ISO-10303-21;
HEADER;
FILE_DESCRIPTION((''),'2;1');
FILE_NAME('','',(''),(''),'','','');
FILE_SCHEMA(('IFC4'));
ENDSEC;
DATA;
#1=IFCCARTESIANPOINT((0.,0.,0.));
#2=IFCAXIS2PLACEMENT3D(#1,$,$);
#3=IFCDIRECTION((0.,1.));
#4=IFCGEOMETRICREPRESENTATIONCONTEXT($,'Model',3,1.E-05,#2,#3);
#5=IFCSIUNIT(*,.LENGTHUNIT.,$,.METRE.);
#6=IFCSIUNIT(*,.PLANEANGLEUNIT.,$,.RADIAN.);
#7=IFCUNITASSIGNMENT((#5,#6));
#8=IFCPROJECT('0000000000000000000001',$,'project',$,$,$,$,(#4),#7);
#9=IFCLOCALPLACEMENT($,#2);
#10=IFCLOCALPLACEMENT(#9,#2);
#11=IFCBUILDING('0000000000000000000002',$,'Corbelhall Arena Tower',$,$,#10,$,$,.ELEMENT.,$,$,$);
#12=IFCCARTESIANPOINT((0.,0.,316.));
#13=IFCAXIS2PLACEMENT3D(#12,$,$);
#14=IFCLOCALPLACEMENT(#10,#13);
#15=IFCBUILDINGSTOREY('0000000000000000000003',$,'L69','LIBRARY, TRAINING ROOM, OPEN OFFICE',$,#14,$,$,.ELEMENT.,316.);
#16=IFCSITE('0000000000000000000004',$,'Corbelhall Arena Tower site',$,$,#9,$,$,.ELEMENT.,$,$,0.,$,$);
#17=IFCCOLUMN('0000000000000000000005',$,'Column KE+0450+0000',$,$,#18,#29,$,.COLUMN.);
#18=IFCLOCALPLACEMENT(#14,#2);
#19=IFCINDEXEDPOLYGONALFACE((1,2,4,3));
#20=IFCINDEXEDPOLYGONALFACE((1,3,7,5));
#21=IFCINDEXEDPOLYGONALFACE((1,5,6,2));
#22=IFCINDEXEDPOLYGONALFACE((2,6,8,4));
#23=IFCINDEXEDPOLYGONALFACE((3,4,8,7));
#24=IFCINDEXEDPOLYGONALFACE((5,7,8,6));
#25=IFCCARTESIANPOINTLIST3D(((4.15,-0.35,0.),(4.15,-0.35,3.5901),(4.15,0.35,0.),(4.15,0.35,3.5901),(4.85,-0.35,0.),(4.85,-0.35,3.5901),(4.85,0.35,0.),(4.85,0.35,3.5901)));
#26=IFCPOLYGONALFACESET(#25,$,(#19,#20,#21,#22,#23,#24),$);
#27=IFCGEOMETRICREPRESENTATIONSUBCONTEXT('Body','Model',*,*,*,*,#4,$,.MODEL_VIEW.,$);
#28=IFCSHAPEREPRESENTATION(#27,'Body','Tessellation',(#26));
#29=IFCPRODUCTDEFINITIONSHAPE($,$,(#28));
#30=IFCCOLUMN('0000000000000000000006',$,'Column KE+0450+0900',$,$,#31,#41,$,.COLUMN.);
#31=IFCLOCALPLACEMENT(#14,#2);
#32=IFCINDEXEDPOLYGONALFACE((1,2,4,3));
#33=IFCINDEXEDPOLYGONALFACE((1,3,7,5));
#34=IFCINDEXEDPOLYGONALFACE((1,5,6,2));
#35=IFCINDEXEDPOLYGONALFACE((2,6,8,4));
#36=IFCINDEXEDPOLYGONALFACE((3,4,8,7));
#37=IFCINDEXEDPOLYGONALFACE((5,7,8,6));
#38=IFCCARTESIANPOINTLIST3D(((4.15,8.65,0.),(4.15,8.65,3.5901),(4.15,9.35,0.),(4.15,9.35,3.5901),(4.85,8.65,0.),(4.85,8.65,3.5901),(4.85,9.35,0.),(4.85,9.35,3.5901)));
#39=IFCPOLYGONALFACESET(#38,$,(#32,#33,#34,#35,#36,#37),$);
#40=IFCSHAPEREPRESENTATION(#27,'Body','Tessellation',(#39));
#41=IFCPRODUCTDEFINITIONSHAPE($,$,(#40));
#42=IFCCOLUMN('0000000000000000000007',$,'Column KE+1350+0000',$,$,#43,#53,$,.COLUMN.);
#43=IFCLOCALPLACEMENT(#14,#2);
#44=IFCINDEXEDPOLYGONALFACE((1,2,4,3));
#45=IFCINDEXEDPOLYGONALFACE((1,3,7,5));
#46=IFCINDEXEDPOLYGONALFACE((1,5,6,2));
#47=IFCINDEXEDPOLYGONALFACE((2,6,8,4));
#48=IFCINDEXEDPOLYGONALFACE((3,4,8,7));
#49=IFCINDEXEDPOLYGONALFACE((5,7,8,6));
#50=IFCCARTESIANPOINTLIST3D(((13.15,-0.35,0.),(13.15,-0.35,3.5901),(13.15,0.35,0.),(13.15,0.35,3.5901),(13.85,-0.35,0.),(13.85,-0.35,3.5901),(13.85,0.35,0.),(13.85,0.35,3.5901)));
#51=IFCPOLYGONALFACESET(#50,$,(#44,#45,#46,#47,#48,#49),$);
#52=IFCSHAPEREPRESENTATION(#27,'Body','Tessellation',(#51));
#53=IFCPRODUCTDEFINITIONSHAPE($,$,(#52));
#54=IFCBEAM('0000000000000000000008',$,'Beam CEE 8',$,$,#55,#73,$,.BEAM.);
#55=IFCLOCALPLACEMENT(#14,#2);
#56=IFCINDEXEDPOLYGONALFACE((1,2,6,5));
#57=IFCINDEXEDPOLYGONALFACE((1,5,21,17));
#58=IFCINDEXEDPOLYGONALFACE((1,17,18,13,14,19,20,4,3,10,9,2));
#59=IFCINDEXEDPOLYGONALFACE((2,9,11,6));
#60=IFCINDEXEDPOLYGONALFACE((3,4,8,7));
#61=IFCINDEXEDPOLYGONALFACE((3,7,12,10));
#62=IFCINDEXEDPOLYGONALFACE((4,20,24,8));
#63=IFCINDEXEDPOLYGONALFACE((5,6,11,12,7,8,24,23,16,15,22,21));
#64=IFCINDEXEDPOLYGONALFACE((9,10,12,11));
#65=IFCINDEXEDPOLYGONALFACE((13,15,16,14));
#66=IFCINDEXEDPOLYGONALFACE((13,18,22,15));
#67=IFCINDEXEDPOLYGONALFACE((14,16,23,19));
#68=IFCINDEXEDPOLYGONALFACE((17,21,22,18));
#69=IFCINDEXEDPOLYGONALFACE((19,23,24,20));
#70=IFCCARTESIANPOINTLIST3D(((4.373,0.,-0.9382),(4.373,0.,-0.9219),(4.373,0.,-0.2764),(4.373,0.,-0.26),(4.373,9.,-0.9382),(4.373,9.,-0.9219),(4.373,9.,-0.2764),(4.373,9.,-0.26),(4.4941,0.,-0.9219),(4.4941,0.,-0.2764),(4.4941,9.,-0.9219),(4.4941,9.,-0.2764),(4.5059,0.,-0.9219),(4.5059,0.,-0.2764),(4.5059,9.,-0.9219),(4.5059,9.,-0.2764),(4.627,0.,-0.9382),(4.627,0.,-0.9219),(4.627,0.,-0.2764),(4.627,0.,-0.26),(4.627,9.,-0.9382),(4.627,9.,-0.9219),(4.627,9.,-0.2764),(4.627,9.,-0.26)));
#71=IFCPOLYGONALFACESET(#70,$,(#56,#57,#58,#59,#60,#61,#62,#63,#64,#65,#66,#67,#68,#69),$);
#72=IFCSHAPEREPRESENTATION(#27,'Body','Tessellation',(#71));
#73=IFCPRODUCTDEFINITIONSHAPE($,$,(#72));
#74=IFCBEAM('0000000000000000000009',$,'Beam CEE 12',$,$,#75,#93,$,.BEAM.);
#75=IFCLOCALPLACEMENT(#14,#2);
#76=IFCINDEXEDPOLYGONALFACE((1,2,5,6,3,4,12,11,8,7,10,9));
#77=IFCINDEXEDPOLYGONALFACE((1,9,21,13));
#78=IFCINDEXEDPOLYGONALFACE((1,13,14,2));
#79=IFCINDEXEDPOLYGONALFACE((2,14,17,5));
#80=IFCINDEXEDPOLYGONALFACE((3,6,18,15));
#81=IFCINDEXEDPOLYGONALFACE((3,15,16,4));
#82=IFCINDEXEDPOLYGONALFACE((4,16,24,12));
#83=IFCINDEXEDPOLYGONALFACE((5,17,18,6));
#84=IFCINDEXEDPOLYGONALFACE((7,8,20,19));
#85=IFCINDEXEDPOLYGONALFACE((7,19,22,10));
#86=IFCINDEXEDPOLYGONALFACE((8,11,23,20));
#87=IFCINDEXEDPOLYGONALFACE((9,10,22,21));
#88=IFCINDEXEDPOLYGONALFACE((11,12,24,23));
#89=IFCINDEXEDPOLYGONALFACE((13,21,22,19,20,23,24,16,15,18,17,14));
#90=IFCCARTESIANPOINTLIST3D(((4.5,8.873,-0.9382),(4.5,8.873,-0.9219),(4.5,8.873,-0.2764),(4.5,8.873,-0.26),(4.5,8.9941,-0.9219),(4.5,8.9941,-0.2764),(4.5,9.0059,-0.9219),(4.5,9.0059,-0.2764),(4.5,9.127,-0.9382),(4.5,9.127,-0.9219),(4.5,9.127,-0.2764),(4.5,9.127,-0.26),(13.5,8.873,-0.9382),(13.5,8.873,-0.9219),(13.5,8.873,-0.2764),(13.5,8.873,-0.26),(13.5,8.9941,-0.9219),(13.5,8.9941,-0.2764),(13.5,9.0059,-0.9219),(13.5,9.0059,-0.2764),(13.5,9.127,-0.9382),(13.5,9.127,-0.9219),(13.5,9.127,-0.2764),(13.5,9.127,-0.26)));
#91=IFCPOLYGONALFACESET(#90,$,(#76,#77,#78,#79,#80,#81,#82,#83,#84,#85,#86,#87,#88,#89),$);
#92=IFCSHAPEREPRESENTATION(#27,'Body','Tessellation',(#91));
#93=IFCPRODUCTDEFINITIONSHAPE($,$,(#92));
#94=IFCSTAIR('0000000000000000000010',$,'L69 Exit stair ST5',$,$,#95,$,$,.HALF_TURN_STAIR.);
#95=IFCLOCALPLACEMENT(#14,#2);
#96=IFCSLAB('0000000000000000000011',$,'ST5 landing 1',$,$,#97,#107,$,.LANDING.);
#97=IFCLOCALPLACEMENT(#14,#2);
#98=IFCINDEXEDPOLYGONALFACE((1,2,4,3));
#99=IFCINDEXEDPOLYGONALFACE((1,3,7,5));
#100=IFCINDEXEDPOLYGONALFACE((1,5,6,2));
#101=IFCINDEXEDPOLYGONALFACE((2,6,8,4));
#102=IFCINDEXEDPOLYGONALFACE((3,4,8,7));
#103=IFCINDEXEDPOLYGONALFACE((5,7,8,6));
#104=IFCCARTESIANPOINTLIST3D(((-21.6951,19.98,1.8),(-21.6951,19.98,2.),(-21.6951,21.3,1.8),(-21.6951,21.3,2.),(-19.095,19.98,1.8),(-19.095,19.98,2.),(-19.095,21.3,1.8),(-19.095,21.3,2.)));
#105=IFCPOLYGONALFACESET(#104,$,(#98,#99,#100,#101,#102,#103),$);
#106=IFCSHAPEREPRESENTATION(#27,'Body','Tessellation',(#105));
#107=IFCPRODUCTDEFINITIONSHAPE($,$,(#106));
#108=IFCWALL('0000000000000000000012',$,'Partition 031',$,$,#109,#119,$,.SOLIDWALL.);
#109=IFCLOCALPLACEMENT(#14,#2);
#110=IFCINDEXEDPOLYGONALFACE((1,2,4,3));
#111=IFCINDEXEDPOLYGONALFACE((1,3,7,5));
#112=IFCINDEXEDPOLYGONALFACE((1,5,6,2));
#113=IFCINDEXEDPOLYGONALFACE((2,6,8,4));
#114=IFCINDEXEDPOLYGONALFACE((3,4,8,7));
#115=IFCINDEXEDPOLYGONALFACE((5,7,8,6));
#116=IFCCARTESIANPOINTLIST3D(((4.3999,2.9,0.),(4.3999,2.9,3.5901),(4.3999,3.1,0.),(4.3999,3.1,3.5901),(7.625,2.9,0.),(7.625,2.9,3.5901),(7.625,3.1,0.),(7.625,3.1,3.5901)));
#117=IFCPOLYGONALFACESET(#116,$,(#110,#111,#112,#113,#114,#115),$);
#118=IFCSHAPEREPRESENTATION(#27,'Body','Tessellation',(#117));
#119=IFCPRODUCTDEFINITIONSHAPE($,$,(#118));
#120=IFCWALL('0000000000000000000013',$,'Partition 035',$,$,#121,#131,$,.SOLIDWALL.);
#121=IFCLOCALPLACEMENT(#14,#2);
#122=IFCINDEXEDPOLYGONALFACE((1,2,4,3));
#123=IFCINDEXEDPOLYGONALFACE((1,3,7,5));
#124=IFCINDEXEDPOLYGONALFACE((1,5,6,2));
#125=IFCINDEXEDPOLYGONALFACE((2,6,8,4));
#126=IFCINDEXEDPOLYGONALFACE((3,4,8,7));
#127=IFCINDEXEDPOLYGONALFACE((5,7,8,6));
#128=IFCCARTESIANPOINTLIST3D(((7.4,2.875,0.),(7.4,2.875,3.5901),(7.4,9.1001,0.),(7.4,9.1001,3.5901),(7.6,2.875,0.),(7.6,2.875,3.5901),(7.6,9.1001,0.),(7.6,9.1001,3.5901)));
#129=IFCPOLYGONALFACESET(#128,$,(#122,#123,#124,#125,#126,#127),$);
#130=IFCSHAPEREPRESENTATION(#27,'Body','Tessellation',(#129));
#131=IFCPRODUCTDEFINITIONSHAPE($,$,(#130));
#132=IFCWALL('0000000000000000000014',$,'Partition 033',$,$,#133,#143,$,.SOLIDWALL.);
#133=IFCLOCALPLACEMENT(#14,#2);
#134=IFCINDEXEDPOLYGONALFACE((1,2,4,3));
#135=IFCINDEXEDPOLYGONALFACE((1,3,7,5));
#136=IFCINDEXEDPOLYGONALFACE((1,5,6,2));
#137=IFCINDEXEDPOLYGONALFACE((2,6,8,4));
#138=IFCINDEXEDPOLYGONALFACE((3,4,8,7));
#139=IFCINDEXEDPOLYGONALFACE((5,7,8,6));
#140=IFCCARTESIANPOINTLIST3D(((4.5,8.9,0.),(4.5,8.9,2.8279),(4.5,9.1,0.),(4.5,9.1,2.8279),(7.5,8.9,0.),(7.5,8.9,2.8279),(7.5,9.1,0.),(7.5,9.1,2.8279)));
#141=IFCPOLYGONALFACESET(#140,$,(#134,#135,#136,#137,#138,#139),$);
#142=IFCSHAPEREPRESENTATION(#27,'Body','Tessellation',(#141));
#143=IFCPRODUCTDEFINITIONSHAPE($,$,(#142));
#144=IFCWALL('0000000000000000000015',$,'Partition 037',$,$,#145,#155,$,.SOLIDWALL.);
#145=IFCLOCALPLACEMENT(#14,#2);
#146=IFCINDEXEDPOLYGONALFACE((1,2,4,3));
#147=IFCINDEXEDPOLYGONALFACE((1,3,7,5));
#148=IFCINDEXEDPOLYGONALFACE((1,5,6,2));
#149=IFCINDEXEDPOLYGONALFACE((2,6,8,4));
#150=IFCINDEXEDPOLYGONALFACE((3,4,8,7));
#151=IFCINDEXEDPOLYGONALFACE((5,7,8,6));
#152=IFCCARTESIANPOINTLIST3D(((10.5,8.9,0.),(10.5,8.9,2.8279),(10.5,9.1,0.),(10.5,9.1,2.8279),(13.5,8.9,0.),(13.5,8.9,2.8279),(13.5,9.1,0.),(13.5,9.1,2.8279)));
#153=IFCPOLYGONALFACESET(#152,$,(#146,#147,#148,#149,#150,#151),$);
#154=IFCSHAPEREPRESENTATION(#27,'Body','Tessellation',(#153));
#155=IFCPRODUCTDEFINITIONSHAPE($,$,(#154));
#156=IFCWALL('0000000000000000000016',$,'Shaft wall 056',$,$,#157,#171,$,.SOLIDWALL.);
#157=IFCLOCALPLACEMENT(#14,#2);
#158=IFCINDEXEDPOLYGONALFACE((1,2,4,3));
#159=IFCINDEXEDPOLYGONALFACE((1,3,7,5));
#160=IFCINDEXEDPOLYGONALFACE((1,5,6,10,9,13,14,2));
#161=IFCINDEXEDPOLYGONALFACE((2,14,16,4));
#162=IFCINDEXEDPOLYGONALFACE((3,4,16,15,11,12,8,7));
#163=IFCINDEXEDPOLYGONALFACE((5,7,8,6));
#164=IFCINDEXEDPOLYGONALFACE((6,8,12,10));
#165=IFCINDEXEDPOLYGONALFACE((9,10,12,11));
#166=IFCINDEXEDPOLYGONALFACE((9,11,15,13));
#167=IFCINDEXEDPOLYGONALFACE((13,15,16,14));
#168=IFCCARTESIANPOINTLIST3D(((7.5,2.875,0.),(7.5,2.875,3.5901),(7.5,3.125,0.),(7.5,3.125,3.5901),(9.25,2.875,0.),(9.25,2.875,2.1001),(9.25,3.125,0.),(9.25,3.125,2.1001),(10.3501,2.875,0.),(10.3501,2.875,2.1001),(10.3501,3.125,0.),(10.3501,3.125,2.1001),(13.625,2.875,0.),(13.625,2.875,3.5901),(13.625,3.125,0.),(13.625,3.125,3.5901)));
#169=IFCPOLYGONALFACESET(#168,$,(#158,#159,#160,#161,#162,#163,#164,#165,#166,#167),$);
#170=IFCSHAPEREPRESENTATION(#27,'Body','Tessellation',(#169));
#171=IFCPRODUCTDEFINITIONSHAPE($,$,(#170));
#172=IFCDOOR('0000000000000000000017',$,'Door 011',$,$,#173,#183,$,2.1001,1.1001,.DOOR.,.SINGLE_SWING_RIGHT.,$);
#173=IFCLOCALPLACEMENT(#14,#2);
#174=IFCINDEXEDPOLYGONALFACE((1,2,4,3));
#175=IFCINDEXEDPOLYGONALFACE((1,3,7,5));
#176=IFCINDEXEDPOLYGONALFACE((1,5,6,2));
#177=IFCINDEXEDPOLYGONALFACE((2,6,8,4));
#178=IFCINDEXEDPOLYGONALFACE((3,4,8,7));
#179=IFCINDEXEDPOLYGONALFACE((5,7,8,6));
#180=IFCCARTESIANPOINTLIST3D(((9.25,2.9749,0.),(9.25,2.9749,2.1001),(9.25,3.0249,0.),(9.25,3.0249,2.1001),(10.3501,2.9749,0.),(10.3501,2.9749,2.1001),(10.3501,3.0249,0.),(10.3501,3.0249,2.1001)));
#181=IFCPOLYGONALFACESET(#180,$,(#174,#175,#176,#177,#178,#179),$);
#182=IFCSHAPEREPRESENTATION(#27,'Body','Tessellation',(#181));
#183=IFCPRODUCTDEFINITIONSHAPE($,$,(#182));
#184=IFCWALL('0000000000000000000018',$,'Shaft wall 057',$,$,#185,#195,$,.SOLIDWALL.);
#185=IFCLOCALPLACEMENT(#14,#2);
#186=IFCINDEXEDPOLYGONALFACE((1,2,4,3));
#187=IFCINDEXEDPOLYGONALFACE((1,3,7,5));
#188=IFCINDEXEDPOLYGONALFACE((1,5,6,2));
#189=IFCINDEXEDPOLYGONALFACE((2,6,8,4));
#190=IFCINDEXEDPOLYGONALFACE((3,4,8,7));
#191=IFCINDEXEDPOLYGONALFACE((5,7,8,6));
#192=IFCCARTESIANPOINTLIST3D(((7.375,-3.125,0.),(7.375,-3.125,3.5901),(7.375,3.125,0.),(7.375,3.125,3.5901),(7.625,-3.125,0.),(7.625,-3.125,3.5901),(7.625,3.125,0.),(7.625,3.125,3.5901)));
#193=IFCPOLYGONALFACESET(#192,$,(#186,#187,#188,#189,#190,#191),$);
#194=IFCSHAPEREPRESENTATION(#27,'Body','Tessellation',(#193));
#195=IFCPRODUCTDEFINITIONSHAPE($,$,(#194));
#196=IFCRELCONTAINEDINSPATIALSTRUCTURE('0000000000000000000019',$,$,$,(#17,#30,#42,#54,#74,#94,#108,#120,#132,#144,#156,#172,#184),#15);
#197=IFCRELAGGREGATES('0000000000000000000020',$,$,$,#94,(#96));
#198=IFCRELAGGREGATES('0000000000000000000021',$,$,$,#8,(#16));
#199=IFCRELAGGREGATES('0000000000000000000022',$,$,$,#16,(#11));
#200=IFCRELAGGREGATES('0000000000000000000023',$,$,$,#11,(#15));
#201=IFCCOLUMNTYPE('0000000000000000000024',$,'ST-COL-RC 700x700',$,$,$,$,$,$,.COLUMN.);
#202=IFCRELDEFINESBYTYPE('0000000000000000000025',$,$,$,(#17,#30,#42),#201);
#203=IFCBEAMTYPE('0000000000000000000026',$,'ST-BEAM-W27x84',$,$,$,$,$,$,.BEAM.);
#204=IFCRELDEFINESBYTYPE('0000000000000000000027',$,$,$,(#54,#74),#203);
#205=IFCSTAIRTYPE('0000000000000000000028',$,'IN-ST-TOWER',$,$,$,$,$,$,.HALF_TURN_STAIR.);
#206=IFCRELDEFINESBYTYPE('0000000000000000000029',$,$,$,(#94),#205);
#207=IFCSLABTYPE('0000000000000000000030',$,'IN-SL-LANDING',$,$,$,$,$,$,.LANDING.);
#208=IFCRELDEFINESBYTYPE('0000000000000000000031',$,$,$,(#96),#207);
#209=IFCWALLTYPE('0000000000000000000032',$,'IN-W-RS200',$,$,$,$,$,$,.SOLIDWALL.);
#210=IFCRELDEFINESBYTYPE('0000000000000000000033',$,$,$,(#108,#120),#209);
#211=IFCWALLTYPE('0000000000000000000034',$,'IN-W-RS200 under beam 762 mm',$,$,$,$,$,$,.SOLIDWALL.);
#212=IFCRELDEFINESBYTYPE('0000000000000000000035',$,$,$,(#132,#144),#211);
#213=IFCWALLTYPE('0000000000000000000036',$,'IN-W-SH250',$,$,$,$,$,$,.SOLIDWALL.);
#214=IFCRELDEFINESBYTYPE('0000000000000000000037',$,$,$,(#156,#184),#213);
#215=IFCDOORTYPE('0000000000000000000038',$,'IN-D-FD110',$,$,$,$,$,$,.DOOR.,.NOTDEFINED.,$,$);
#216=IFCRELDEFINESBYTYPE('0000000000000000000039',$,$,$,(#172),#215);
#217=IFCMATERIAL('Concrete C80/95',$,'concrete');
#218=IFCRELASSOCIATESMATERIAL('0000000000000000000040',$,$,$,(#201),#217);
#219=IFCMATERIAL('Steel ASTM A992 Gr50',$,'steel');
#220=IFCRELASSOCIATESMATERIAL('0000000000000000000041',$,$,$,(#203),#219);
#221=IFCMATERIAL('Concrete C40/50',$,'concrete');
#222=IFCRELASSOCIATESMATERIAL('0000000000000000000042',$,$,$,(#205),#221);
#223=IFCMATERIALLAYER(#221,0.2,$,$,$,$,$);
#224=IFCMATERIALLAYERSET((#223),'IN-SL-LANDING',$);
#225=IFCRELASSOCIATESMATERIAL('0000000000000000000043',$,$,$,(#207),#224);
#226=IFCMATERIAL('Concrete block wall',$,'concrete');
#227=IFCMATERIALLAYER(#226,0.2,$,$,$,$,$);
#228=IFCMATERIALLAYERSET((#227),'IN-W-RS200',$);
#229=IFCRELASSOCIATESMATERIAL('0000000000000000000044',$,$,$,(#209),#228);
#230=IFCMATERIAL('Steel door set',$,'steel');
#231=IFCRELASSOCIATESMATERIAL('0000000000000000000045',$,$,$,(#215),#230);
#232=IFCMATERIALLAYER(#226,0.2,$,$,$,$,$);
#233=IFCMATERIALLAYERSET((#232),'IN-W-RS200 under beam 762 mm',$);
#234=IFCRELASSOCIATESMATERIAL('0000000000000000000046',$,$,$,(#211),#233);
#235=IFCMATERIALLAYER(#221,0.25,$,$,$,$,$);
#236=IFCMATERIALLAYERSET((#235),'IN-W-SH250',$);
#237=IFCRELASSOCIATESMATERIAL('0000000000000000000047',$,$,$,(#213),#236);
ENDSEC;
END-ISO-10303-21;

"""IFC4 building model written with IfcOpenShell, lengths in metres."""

from ifc_helpers import new_model, si_unit, direction, frame, frame_2d, origin, origin_2d, place, context, subcontext, project, spatial, polyline, rectangle, i_section, outline, extrude, material, layer, layer_set, material_profile, profile_set, type_object, element, fill, aggregate, save


model = new_model("IFC4")

# Units and contexts
model_context = context("Model", 3, precision=1e-05, world=origin(), true_north=direction((0.0, 1.0)))
body_context = subcontext(model_context, "Body", "Model", "MODEL_VIEW")
ifc_project = project(units=[si_unit("LENGTHUNIT", "METRE"), si_unit("PLANEANGLEUNIT", "RADIAN")], contexts=[model_context])

# Site, building, storey
site_placement = place(None, origin())
site = spatial("IfcSite", under=ifc_project, at=site_placement, Name="Corbelhall Arena Tower site", CompositionType="ELEMENT", RefElevation=0.0)
building_placement = place(site_placement, origin())
building = spatial("IfcBuilding", under=site, at=building_placement, Name="Corbelhall Arena Tower", CompositionType="ELEMENT")
storey_placement = place(building_placement, frame((0.0, 0.0, 316.0)))
storey = spatial("IfcBuildingStorey", under=building, at=storey_placement, Name="L69", Description="LIBRARY, TRAINING ROOM, OPEN OFFICE", CompositionType="ELEMENT", Elevation=316.0)

# Columns
ifc_material_1 = material(Name="Concrete C80/95", Category="concrete")
ifc_material_profile_1 = material_profile(ifc_material_1, rectangle(XDim=0.7, YDim=0.7, at=origin_2d()))
ifc_profile_set_1 = profile_set([ifc_material_profile_1], Name="Concrete C80/95")
column_type = type_object("IfcColumnType", Name="ST-COL-RC 700x700", PredefinedType="COLUMN", material=ifc_profile_set_1)
for number, where, z_axis, x_axis, name in (
    (1, (4.5, 0.0, 0.0), (0.0, 0.0, 1.0), (1.0, 0.0, 0.0), "Column KE+0450+0000"),
    (2, (4.5, 9.0, 0.0), (0.0, 0.0, 1.0), (1.0, 0.0, 0.0), "Column KE+0450+0900"),
    (3, (13.5, 0.0, 0.0), (0.0, 0.0, 1.0), (1.0, 0.0, 0.0), "Column KE+1350+0000"),
):
    element("IfcColumn", number, at=place(storey_placement, frame(where, z_axis=z_axis, x_axis=x_axis)), inside=storey, type_object=column_type, Name=name, PredefinedType="COLUMN", context=body_context, shape_type="SweptSolid", body=[
        extrude(rectangle(XDim=0.7, YDim=0.7, at=origin_2d()), origin(), (0.0, 0.0, 1.0), 3.5901),
    ])

# Beams
ifc_material_2 = material(Name="Steel ASTM A992 Gr50", Category="steel")
ifc_material_profile_2 = material_profile(ifc_material_2, i_section(OverallWidth=0.2539, OverallDepth=0.6782, WebThickness=0.0117, FlangeThickness=0.0164, at=origin_2d()))
ifc_profile_set_2 = profile_set([ifc_material_profile_2], Name="Steel ASTM A992 Gr50")
beam_type = type_object("IfcBeamType", Name="ST-BEAM-W27x84", PredefinedType="BEAM", material=ifc_profile_set_2)
for number, where, z_axis, x_axis, name in (
    (4, (4.5, 0.0, -0.5991), (0.0, 1.0, 0.0), (-1.0, 0.0, 0.0), "Beam CEE 8"),
    (5, (4.5, 9.0, -0.5991), (1.0, 0.0, 0.0), (0.0, 1.0, 0.0), "Beam CEE 12"),
):
    element("IfcBeam", number, at=place(storey_placement, frame(where, z_axis=z_axis, x_axis=x_axis)), inside=storey, type_object=beam_type, Name=name, PredefinedType="BEAM", context=body_context, shape_type="SweptSolid", body=[
        extrude(i_section(OverallWidth=0.2539, OverallDepth=0.6782, WebThickness=0.0117, FlangeThickness=0.0164, at=origin_2d()), origin(), (0.0, 0.0, 1.0), 9.0),
    ])

# Stair, slab
ifc_material_3 = material(Name="Concrete C40/50", Category="concrete")
stair_type = type_object("IfcStairType", Name="IN-ST-TOWER", PredefinedType="HALF_TURN_STAIR", material=ifc_material_3)
stair_1_placement = place(storey_placement, origin())
stair_1 = element("IfcStair", 6, at=stair_1_placement, inside=storey, type_object=stair_type, Name="L69 Exit stair ST5", PredefinedType="HALF_TURN_STAIR")
ifc_layer_1 = layer(ifc_material_3, 0.2)
ifc_layer_set_1 = layer_set([ifc_layer_1], Name="IN-SL-LANDING")
slab_type = type_object("IfcSlabType", Name="IN-SL-LANDING", PredefinedType="LANDING", material=ifc_layer_set_1)
slab_placement = place(storey_placement, frame((0.0, 0.0, 1.8)))
slab = element("IfcSlab", 7, at=slab_placement, type_object=slab_type, Name="ST5 landing 1", PredefinedType="LANDING", context=body_context, shape_type="SweptSolid", body=[
    extrude(outline(polyline([(-19.095, 19.98), (-19.095, 21.3), (-21.6951, 21.3), (-21.6951, 19.98), (-19.095, 19.98)])), origin(), (0.0, 0.0, 1.0), 0.2),
])
aggregate(stair_1, [slab])

# Walls
ifc_material_4 = material(Name="Concrete block wall", Category="concrete")
ifc_layer_2 = layer(ifc_material_4, 0.2)
ifc_layer_set_2 = layer_set([ifc_layer_2], Name="IN-W-RS200")
wall_type_1 = type_object("IfcWallType", Name="IN-W-RS200", PredefinedType="SOLIDWALL", material=ifc_layer_set_2)
wall_1_placement = place(storey_placement, frame((4.3999, 3.0, 0.0), z_axis=(0.0, 0.0, 1.0), x_axis=(1.0, 0.0, 0.0)))
element("IfcWall", 8, at=wall_1_placement, inside=storey, type_object=wall_type_1, Name="Partition 031", PredefinedType="SOLIDWALL", context=body_context, shape_type="SweptSolid", body=[
    extrude(rectangle(XDim=3.2251, YDim=0.2, at=frame_2d((1.6125, 0.0))), origin(), (0.0, 0.0, 1.0), 3.5901),
])
wall_2_placement = place(storey_placement, frame((7.5, 9.1001, 0.0), z_axis=(0.0, 0.0, 1.0), x_axis=(0.0, -1.0, 0.0)))
element("IfcWall", 9, at=wall_2_placement, inside=storey, type_object=wall_type_1, Name="Partition 035", PredefinedType="SOLIDWALL", context=body_context, shape_type="SweptSolid", body=[
    extrude(rectangle(XDim=6.2251, YDim=0.2, at=frame_2d((3.1125, 0.0))), origin(), (0.0, 0.0, 1.0), 3.5901),
])

# Shared definitions
ifc_material_5 = material(Name="Steel door set", Category="steel")
door_type_1 = type_object("IfcDoorType", Name="IN-D-FD110", OperationType="NOTDEFINED", PredefinedType="DOOR", material=ifc_material_5)

# Walls
ifc_layer_3 = layer(ifc_material_4, 0.2)
ifc_layer_set_3 = layer_set([ifc_layer_3], Name="IN-W-RS200 under beam 762 mm")
wall_type_2 = type_object("IfcWallType", Name="IN-W-RS200 under beam 762 mm", PredefinedType="SOLIDWALL", material=ifc_layer_set_3)
for number, where, z_axis, x_axis, name in (
    (10, (4.5, 9.0, 0.0), (0.0, 0.0, 1.0), (1.0, 0.0, 0.0), "Partition 033"),
    (11, (10.5, 9.0, 0.0), (0.0, 0.0, 1.0), (1.0, 0.0, 0.0), "Partition 037"),
):
    element("IfcWall", number, at=place(storey_placement, frame(where, z_axis=z_axis, x_axis=x_axis)), inside=storey, type_object=wall_type_2, Name=name, PredefinedType="SOLIDWALL", context=body_context, shape_type="SweptSolid", body=[
        extrude(rectangle(XDim=3.0, YDim=0.2, at=frame_2d((1.5, 0.0))), origin(), (0.0, 0.0, 1.0), 2.8279),
    ])

# Wall, opening, door
ifc_layer_4 = layer(ifc_material_3, 0.25)
ifc_layer_set_4 = layer_set([ifc_layer_4], Name="IN-W-SH250")
wall_type_3 = type_object("IfcWallType", Name="IN-W-SH250", PredefinedType="SOLIDWALL", material=ifc_layer_set_4)
wall_3_placement = place(storey_placement, frame((7.5, 3.0, 0.0), z_axis=(0.0, 0.0, 1.0), x_axis=(1.0, 0.0, 0.0)))
wall_3 = element("IfcWall", 12, at=wall_3_placement, inside=storey, type_object=wall_type_3, Name="Shaft wall 056", PredefinedType="SOLIDWALL", context=body_context, shape_type="SweptSolid", body=[
    extrude(rectangle(XDim=6.125, YDim=0.25, at=frame_2d((3.0625, 0.0))), origin(), (0.0, 0.0, 1.0), 3.5901),
])
opening_1_placement = place(wall_3_placement, frame((1.75, 0.0, 0.0)))
opening_1 = element("IfcOpeningElement", 13, at=opening_1_placement, cuts=wall_3, PredefinedType="OPENING", context=body_context, shape_type="SweptSolid", body=[
    extrude(rectangle(XDim=1.1001, YDim=2.1001, at=frame_2d((0.55, 1.05))), frame((0.0, 0.125, 0.0), z_axis=(0.0, -1.0, 0.0), x_axis=(1.0, 0.0, 0.0)), (0.0, 0.0, 1.0), 0.25),
])
door_1_placement = place(opening_1_placement, origin())
door_1 = element("IfcDoor", 14, at=door_1_placement, inside=storey, type_object=door_type_1, Name="Door 011", OperationType="SINGLE_SWING_RIGHT", OverallHeight=2.1001, OverallWidth=1.1001, PredefinedType="DOOR", context=body_context, shape_type="SweptSolid", body=[
    extrude(rectangle(XDim=1.1001, YDim=2.1001, at=frame_2d((0.55, 1.05))), frame((0.0, 0.0249, 0.0), z_axis=(0.0, -1.0, 0.0), x_axis=(1.0, 0.0, 0.0)), (0.0, 0.0, 1.0), 0.05),
])
fill(opening_1, door_1)

# Wall
wall_4_placement = place(storey_placement, frame((7.5, 3.125, 0.0), z_axis=(0.0, 0.0, 1.0), x_axis=(0.0, -1.0, 0.0)))
element("IfcWall", 15, at=wall_4_placement, inside=storey, type_object=wall_type_3, Name="Shaft wall 057", PredefinedType="SOLIDWALL", context=body_context, shape_type="SweptSolid", body=[
    extrude(rectangle(XDim=6.25, YDim=0.25, at=frame_2d((3.125, 0.0))), origin(), (0.0, 0.0, 1.0), 3.5901),
])

save(model, "model.ifc")
